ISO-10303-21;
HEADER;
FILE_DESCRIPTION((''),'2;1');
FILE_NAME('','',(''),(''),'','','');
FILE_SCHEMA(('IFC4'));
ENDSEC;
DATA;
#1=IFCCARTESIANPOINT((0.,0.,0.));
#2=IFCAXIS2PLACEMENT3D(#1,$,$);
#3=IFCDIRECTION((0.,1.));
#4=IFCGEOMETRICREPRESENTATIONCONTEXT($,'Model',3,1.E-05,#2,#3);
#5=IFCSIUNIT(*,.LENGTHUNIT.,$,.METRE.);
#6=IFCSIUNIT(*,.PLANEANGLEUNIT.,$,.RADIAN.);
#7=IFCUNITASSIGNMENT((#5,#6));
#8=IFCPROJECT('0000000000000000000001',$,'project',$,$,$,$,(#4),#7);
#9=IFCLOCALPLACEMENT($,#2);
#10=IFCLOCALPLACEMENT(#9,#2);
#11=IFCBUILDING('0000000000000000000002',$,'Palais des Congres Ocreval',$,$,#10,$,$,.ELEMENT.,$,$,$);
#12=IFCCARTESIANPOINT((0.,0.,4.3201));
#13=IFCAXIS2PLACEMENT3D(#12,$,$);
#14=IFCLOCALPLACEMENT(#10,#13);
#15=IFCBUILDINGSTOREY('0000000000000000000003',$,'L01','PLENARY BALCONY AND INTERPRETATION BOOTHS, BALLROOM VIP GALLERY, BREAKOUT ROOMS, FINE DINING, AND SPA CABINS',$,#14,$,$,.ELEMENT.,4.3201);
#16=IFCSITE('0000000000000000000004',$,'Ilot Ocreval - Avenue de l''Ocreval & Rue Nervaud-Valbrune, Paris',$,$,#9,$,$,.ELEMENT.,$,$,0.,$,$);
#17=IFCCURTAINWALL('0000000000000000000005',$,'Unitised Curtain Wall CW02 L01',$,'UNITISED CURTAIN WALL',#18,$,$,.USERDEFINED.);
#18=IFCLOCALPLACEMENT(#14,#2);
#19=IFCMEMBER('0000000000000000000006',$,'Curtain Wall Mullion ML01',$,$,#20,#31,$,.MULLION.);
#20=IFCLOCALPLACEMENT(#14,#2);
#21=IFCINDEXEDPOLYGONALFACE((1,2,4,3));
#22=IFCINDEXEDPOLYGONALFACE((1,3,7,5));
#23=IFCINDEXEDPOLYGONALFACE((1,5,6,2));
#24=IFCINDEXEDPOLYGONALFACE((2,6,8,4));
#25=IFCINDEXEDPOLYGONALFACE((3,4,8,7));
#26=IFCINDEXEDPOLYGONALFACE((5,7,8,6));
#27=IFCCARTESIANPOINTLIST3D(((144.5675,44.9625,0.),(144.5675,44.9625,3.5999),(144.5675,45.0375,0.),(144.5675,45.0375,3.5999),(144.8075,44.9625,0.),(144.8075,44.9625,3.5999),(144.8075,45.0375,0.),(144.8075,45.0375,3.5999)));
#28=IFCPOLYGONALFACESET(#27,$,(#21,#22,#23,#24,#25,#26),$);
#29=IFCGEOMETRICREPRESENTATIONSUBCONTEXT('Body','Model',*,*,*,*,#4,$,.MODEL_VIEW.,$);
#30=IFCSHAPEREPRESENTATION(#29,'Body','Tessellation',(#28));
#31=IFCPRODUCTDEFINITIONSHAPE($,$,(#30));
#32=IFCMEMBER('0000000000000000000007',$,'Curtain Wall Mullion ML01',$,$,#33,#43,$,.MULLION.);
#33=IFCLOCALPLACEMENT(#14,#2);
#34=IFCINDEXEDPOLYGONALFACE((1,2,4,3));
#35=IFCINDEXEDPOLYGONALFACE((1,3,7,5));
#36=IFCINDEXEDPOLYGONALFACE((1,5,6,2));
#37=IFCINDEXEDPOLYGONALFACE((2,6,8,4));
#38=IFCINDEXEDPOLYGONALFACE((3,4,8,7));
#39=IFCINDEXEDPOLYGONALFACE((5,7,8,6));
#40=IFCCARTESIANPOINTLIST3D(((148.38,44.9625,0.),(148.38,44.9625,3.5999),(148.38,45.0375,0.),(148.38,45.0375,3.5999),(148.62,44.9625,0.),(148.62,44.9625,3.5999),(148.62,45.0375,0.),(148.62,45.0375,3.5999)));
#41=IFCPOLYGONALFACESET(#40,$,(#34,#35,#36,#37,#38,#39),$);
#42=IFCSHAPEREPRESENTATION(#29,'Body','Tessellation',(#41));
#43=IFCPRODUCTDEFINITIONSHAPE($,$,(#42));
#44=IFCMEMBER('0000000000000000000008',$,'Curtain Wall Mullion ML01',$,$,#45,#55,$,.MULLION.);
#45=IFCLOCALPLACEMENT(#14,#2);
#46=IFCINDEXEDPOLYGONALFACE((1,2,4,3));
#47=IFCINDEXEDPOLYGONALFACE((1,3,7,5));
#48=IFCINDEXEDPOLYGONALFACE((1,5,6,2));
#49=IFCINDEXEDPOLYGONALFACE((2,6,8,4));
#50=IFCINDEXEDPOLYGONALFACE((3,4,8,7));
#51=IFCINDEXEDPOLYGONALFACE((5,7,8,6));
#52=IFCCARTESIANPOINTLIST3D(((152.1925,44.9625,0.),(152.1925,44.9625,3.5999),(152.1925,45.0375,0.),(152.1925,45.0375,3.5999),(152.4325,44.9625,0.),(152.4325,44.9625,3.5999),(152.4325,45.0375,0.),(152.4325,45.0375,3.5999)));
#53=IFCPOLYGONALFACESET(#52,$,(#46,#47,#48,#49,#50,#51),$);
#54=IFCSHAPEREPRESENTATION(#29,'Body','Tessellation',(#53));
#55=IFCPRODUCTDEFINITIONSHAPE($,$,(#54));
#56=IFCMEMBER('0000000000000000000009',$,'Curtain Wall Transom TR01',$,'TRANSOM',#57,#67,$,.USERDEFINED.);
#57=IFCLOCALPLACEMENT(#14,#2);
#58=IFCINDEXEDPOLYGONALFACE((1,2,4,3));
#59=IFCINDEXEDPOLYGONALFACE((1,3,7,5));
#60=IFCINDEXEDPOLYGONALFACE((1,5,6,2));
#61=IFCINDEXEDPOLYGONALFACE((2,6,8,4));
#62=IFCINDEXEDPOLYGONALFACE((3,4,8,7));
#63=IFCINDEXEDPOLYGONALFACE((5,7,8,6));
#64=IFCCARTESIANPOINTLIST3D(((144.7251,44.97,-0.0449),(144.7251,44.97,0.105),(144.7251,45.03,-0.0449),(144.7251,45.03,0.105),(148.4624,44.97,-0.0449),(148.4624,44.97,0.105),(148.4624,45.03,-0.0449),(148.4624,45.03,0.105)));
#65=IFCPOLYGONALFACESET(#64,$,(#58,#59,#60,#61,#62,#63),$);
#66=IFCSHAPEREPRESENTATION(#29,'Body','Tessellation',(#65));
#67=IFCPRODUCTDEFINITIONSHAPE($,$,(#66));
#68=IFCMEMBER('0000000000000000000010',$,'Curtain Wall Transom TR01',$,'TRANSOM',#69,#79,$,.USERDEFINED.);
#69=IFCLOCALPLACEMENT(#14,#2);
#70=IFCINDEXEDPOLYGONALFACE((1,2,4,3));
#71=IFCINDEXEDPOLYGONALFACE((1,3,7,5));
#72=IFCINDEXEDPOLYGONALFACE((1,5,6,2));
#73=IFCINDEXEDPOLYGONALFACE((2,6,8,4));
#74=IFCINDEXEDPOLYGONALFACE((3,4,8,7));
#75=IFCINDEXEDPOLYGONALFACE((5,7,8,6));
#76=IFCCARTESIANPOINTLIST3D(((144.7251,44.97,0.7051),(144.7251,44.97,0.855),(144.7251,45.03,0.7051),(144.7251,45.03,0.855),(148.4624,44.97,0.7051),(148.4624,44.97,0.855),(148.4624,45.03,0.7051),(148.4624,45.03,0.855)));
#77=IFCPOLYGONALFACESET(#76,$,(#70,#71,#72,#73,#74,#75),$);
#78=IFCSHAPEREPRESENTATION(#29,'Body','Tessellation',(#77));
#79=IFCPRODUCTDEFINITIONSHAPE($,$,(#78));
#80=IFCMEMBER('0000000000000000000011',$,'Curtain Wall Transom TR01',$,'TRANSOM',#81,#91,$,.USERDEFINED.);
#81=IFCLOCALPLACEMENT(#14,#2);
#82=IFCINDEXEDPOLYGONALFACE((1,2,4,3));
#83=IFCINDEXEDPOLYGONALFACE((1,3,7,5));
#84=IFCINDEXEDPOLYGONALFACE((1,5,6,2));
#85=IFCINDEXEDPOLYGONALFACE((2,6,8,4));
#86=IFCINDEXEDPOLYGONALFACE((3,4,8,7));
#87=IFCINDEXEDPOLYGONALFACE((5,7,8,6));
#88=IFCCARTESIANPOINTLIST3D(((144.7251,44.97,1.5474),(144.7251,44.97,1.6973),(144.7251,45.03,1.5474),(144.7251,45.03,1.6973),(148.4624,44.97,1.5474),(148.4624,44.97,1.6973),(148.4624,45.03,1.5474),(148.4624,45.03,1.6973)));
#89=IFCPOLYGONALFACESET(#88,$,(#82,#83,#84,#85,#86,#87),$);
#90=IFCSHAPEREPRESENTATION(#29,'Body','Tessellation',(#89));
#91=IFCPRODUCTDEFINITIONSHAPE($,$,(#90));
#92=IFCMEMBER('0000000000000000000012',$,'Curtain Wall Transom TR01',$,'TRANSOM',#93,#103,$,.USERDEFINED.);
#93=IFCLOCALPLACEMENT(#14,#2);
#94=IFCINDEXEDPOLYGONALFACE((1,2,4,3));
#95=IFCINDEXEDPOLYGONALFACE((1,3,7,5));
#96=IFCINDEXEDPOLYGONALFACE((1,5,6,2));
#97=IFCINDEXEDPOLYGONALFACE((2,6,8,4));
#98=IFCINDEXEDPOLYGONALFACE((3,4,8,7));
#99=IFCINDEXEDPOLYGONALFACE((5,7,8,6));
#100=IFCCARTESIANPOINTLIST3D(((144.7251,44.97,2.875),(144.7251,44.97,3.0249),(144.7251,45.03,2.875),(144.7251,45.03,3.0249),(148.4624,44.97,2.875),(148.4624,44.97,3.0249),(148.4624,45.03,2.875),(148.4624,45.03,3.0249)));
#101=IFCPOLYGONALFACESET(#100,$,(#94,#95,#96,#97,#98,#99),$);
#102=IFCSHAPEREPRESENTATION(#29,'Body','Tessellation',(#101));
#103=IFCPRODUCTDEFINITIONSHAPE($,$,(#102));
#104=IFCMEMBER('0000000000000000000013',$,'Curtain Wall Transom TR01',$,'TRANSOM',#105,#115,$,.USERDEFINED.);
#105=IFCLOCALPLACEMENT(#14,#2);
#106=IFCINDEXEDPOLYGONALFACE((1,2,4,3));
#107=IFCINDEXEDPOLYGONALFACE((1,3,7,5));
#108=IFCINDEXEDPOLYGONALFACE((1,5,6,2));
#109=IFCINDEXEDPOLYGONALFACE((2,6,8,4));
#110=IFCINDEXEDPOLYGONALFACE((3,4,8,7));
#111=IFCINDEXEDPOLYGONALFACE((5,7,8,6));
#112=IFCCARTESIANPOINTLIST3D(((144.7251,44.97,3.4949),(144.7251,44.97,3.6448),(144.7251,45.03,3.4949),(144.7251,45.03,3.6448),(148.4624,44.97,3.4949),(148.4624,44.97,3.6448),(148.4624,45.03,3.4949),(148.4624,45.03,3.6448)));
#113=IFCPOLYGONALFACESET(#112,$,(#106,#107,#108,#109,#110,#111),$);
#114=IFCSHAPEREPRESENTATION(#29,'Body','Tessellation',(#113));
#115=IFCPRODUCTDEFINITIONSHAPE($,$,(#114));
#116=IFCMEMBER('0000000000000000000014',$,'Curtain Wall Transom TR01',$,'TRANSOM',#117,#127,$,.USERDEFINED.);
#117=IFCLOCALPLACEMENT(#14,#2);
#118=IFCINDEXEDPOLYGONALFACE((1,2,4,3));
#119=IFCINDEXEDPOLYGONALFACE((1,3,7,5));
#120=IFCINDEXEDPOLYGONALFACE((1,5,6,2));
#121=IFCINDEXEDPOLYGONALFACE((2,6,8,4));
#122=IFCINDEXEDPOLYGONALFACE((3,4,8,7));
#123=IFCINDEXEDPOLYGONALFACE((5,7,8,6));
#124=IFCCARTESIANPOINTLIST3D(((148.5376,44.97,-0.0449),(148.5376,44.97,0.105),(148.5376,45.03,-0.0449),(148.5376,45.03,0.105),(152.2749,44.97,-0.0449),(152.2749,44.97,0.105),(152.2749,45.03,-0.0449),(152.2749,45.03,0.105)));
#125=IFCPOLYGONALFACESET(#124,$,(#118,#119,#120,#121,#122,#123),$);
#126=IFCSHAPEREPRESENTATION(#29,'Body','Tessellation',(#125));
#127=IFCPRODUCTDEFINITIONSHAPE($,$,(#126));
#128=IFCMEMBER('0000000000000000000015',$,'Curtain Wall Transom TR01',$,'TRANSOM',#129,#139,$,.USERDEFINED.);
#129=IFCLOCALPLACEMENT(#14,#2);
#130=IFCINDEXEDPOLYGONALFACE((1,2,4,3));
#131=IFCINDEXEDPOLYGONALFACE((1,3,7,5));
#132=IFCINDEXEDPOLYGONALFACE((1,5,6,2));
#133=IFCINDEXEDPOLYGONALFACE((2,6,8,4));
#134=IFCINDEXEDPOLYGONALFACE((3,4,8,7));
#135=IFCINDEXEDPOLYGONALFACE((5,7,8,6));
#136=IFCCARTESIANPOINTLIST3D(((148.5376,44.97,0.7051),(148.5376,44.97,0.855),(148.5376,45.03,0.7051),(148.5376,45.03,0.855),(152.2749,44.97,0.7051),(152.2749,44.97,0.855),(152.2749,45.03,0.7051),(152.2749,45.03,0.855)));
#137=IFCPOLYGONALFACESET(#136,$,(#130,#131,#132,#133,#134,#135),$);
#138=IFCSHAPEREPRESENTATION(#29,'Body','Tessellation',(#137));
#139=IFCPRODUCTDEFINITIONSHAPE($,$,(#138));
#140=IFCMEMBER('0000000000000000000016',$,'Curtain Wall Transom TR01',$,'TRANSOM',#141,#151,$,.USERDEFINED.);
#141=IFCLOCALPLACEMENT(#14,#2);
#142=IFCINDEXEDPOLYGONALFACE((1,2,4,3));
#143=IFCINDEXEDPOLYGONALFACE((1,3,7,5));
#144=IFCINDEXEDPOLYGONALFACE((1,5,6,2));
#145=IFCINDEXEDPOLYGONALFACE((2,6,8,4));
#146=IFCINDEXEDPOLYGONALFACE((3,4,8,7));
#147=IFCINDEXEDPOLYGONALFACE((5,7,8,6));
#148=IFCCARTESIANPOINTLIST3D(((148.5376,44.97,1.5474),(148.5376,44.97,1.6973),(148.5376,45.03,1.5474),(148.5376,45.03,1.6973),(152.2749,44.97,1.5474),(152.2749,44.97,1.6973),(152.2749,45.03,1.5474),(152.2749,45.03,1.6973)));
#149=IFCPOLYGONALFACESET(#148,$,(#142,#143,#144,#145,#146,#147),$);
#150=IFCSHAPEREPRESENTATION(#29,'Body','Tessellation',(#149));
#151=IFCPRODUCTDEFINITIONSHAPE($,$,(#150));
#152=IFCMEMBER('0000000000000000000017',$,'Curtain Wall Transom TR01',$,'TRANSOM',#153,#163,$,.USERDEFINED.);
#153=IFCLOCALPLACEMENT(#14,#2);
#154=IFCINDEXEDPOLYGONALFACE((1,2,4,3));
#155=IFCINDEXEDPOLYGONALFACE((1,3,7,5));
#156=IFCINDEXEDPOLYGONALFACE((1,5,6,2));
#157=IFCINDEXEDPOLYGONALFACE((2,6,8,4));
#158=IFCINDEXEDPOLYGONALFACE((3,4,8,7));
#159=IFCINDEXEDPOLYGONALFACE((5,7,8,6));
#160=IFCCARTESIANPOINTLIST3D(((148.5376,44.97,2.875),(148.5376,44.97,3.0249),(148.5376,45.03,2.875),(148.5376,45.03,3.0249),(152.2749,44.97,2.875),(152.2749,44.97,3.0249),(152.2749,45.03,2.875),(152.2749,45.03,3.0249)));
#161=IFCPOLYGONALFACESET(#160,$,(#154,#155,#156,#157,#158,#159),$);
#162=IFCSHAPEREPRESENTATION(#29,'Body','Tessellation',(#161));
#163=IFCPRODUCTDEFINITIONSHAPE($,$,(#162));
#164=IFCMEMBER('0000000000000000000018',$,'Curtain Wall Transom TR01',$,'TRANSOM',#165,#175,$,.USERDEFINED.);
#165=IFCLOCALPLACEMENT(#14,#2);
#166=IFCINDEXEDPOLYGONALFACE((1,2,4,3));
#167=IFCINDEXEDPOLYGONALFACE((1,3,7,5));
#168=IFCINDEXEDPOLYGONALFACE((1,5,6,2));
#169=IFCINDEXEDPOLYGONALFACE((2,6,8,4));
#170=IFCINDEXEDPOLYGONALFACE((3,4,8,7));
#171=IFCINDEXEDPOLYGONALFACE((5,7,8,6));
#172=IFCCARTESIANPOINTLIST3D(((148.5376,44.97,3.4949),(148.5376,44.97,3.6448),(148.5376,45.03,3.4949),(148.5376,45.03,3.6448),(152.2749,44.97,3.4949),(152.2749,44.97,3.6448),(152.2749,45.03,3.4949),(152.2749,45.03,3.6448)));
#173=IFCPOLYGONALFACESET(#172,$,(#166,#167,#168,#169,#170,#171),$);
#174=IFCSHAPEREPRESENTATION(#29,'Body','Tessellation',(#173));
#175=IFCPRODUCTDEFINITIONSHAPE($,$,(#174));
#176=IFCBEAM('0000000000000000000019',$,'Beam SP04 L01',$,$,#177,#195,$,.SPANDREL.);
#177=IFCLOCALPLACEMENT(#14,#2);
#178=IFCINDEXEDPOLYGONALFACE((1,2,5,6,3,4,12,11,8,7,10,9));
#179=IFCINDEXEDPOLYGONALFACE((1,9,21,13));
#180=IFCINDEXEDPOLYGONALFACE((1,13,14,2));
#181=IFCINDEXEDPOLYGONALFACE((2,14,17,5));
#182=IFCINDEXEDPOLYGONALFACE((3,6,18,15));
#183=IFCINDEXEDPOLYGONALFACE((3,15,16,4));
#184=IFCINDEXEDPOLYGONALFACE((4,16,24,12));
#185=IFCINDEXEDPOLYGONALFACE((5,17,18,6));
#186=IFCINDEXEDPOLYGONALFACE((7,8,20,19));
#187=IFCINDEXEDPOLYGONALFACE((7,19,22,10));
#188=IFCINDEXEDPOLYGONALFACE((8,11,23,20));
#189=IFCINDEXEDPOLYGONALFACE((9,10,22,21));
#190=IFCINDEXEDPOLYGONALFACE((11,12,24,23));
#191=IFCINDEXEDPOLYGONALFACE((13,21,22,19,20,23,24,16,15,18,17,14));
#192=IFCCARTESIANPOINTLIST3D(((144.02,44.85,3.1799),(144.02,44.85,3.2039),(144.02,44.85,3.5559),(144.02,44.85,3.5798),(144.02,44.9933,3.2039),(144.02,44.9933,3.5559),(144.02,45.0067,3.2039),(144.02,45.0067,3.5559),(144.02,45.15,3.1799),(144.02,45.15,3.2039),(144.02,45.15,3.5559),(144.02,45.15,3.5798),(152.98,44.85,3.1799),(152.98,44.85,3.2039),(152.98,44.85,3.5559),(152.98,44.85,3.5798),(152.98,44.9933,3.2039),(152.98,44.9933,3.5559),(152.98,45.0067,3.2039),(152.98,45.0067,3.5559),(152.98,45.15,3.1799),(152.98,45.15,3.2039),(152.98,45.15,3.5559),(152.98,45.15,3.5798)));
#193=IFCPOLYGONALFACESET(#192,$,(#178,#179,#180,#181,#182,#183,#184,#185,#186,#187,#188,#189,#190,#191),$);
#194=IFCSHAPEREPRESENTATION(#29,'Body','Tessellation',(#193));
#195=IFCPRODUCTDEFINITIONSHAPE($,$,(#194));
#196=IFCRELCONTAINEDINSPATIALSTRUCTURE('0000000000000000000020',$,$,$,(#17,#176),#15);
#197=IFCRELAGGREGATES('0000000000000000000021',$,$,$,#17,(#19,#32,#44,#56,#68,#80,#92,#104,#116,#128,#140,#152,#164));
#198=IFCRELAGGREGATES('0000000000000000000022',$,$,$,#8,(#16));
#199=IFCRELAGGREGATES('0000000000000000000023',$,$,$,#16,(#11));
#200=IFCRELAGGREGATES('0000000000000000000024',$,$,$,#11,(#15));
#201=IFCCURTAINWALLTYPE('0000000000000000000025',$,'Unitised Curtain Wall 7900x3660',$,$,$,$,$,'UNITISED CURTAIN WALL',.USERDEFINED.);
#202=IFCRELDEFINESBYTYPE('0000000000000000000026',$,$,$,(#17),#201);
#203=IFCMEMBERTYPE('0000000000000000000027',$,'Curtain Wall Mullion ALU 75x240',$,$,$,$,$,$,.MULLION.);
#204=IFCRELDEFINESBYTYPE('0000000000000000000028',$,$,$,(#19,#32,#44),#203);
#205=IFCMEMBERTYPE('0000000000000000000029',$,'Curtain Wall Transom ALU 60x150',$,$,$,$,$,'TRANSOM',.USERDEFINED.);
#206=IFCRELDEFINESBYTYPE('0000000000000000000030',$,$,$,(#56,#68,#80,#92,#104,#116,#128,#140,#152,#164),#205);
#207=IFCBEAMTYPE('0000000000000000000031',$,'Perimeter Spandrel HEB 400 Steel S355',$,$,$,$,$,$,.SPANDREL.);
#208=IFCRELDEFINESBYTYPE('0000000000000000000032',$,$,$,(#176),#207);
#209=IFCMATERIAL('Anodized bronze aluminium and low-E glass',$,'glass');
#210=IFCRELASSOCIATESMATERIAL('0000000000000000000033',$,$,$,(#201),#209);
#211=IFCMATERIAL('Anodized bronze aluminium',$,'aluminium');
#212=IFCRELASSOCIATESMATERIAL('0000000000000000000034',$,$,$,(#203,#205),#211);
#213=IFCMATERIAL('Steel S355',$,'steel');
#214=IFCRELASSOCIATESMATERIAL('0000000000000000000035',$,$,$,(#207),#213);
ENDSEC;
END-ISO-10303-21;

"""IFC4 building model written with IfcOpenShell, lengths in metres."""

from ifc_helpers import new_model, si_unit, direction, frame, origin, origin_2d, place, context, subcontext, project, spatial, rectangle, i_section, extrude, material, material_profile, profile_set, type_object, element, aggregate, save


model = new_model("IFC4")

# Units and contexts
model_context = context("Model", 3, precision=1e-05, world=origin(), true_north=direction((0.0, 1.0)))
body_context = subcontext(model_context, "Body", "Model", "MODEL_VIEW")
ifc_project = project(units=[si_unit("LENGTHUNIT", "METRE"), si_unit("PLANEANGLEUNIT", "RADIAN")], contexts=[model_context])

# Site, building, storey
site_placement = place(None, origin())
site = spatial("IfcSite", under=ifc_project, at=site_placement, Name="Ilot Ocreval - Avenue de l'Ocreval & Rue Nervaud-Valbrune, Paris", CompositionType="ELEMENT", RefElevation=0.0)
building_placement = place(site_placement, origin())
building = spatial("IfcBuilding", under=site, at=building_placement, Name="Palais des Congres Ocreval", CompositionType="ELEMENT")
storey_placement = place(building_placement, frame((0.0, 0.0, 4.3201)))
storey = spatial("IfcBuildingStorey", under=building, at=storey_placement, Name="L01", Description="PLENARY BALCONY AND INTERPRETATION BOOTHS, BALLROOM VIP GALLERY, BREAKOUT ROOMS, FINE DINING, AND SPA CABINS", CompositionType="ELEMENT", Elevation=4.3201)

# Curtain wall, members
ifc_material_1 = material(Name="Anodized bronze aluminium and low-E glass", Category="glass")
curtain_wall_type = type_object("IfcCurtainWallType", Name="Unitised Curtain Wall 7900x3660", ElementType="UNITISED CURTAIN WALL", PredefinedType="USERDEFINED", material=ifc_material_1)
curtain_wall_placement = place(storey_placement, origin())
curtain_wall = element("IfcCurtainWall", 1, at=curtain_wall_placement, inside=storey, type_object=curtain_wall_type, Name="Unitised Curtain Wall CW02 L01", ObjectType="UNITISED CURTAIN WALL", PredefinedType="USERDEFINED")
ifc_material_2 = material(Name="Anodized bronze aluminium", Category="aluminium")
ifc_material_profile_1 = material_profile(ifc_material_2, rectangle(XDim=0.075, YDim=0.24, at=origin_2d()), Name="ALU 75x240")
ifc_profile_set_1 = profile_set([ifc_material_profile_1], Name="Anodized bronze aluminium")
member_type_1 = type_object("IfcMemberType", Name="Curtain Wall Mullion ALU 75x240", PredefinedType="MULLION", material=ifc_profile_set_1)
member_1_placement = place(storey_placement, frame((144.6875, 45.0, 0.0), z_axis=(0.0, 0.0, 1.0), x_axis=(0.0, 1.0, 0.0)))
member_1 = element("IfcMember", 2, at=member_1_placement, type_object=member_type_1, Name="Curtain Wall Mullion ML01", PredefinedType="MULLION", context=body_context, shape_type="SweptSolid", body=[
    extrude(rectangle(XDim=0.075, YDim=0.24, at=origin_2d()), origin(), (0.0, 0.0, 1.0), 3.5999),
])
member_2_placement = place(storey_placement, frame((148.5, 45.0, 0.0), z_axis=(0.0, 0.0, 1.0), x_axis=(0.0, 1.0, 0.0)))
member_2 = element("IfcMember", 3, at=member_2_placement, type_object=member_type_1, Name="Curtain Wall Mullion ML01", PredefinedType="MULLION", context=body_context, shape_type="SweptSolid", body=[
    extrude(rectangle(XDim=0.075, YDim=0.24, at=origin_2d()), origin(), (0.0, 0.0, 1.0), 3.5999),
])
member_3_placement = place(storey_placement, frame((152.3125, 45.0, 0.0), z_axis=(0.0, 0.0, 1.0), x_axis=(0.0, 1.0, 0.0)))
member_3 = element("IfcMember", 4, at=member_3_placement, type_object=member_type_1, Name="Curtain Wall Mullion ML01", PredefinedType="MULLION", context=body_context, shape_type="SweptSolid", body=[
    extrude(rectangle(XDim=0.075, YDim=0.24, at=origin_2d()), origin(), (0.0, 0.0, 1.0), 3.5999),
])
ifc_material_profile_2 = material_profile(ifc_material_2, rectangle(XDim=0.0601, YDim=0.1499, at=origin_2d()), Name="ALU 60x150")
ifc_profile_set_2 = profile_set([ifc_material_profile_2], Name="Anodized bronze aluminium")
member_type_2 = type_object("IfcMemberType", Name="Curtain Wall Transom ALU 60x150", ElementType="TRANSOM", PredefinedType="USERDEFINED", material=ifc_profile_set_2)
member_4_placement = place(storey_placement, frame((144.7251, 45.0, 0.03), z_axis=(1.0, 0.0, 0.0), x_axis=(0.0, 1.0, 0.0)))
member_4 = element("IfcMember", 5, at=member_4_placement, type_object=member_type_2, Name="Curtain Wall Transom TR01", ObjectType="TRANSOM", PredefinedType="USERDEFINED", context=body_context, shape_type="SweptSolid", body=[
    extrude(rectangle(XDim=0.0601, YDim=0.1499, at=origin_2d()), origin(), (0.0, 0.0, 1.0), 3.7373),
])
member_5_placement = place(storey_placement, frame((144.7251, 45.0, 0.78), z_axis=(1.0, 0.0, 0.0), x_axis=(0.0, 1.0, 0.0)))
member_5 = element("IfcMember", 6, at=member_5_placement, type_object=member_type_2, Name="Curtain Wall Transom TR01", ObjectType="TRANSOM", PredefinedType="USERDEFINED", context=body_context, shape_type="SweptSolid", body=[
    extrude(rectangle(XDim=0.0601, YDim=0.1499, at=origin_2d()), origin(), (0.0, 0.0, 1.0), 3.7373),
])
member_6_placement = place(storey_placement, frame((144.7251, 45.0, 1.6223), z_axis=(1.0, 0.0, 0.0), x_axis=(0.0, 1.0, 0.0)))
member_6 = element("IfcMember", 7, at=member_6_placement, type_object=member_type_2, Name="Curtain Wall Transom TR01", ObjectType="TRANSOM", PredefinedType="USERDEFINED", context=body_context, shape_type="SweptSolid", body=[
    extrude(rectangle(XDim=0.0601, YDim=0.1499, at=origin_2d()), origin(), (0.0, 0.0, 1.0), 3.7373),
])
member_7_placement = place(storey_placement, frame((144.7251, 45.0, 2.95), z_axis=(1.0, 0.0, 0.0), x_axis=(0.0, 1.0, 0.0)))
member_7 = element("IfcMember", 8, at=member_7_placement, type_object=member_type_2, Name="Curtain Wall Transom TR01", ObjectType="TRANSOM", PredefinedType="USERDEFINED", context=body_context, shape_type="SweptSolid", body=[
    extrude(rectangle(XDim=0.0601, YDim=0.1499, at=origin_2d()), origin(), (0.0, 0.0, 1.0), 3.7373),
])
member_8_placement = place(storey_placement, frame((144.7251, 45.0, 3.5698), z_axis=(1.0, 0.0, 0.0), x_axis=(0.0, 1.0, 0.0)))
member_8 = element("IfcMember", 9, at=member_8_placement, type_object=member_type_2, Name="Curtain Wall Transom TR01", ObjectType="TRANSOM", PredefinedType="USERDEFINED", context=body_context, shape_type="SweptSolid", body=[
    extrude(rectangle(XDim=0.0601, YDim=0.1499, at=origin_2d()), origin(), (0.0, 0.0, 1.0), 3.7373),
])
member_9_placement = place(storey_placement, frame((148.5376, 45.0, 0.03), z_axis=(1.0, 0.0, 0.0), x_axis=(0.0, 1.0, 0.0)))
member_9 = element("IfcMember", 10, at=member_9_placement, type_object=member_type_2, Name="Curtain Wall Transom TR01", ObjectType="TRANSOM", PredefinedType="USERDEFINED", context=body_context, shape_type="SweptSolid", body=[
    extrude(rectangle(XDim=0.0601, YDim=0.1499, at=origin_2d()), origin(), (0.0, 0.0, 1.0), 3.7373),
])
member_10_placement = place(storey_placement, frame((148.5376, 45.0, 0.78), z_axis=(1.0, 0.0, 0.0), x_axis=(0.0, 1.0, 0.0)))
member_10 = element("IfcMember", 11, at=member_10_placement, type_object=member_type_2, Name="Curtain Wall Transom TR01", ObjectType="TRANSOM", PredefinedType="USERDEFINED", context=body_context, shape_type="SweptSolid", body=[
    extrude(rectangle(XDim=0.0601, YDim=0.1499, at=origin_2d()), origin(), (0.0, 0.0, 1.0), 3.7373),
])
member_11_placement = place(storey_placement, frame((148.5376, 45.0, 1.6223), z_axis=(1.0, 0.0, 0.0), x_axis=(0.0, 1.0, 0.0)))
member_11 = element("IfcMember", 12, at=member_11_placement, type_object=member_type_2, Name="Curtain Wall Transom TR01", ObjectType="TRANSOM", PredefinedType="USERDEFINED", context=body_context, shape_type="SweptSolid", body=[
    extrude(rectangle(XDim=0.0601, YDim=0.1499, at=origin_2d()), origin(), (0.0, 0.0, 1.0), 3.7373),
])
member_12_placement = place(storey_placement, frame((148.5376, 45.0, 2.95), z_axis=(1.0, 0.0, 0.0), x_axis=(0.0, 1.0, 0.0)))
member_12 = element("IfcMember", 13, at=member_12_placement, type_object=member_type_2, Name="Curtain Wall Transom TR01", ObjectType="TRANSOM", PredefinedType="USERDEFINED", context=body_context, shape_type="SweptSolid", body=[
    extrude(rectangle(XDim=0.0601, YDim=0.1499, at=origin_2d()), origin(), (0.0, 0.0, 1.0), 3.7373),
])
member_13_placement = place(storey_placement, frame((148.5376, 45.0, 3.5698), z_axis=(1.0, 0.0, 0.0), x_axis=(0.0, 1.0, 0.0)))
member_13 = element("IfcMember", 14, at=member_13_placement, type_object=member_type_2, Name="Curtain Wall Transom TR01", ObjectType="TRANSOM", PredefinedType="USERDEFINED", context=body_context, shape_type="SweptSolid", body=[
    extrude(rectangle(XDim=0.0601, YDim=0.1499, at=origin_2d()), origin(), (0.0, 0.0, 1.0), 3.7373),
])

# Beam
ifc_material_3 = material(Name="Steel S355", Category="steel")
ifc_material_profile_3 = material_profile(ifc_material_3, i_section(OverallWidth=0.3, OverallDepth=0.3999, WebThickness=0.0134, FlangeThickness=0.0239, at=origin_2d()), Name="HEB 400")
ifc_profile_set_3 = profile_set([ifc_material_profile_3], Name="Steel S355")
beam_type = type_object("IfcBeamType", Name="Perimeter Spandrel HEB 400 Steel S355", PredefinedType="SPANDREL", material=ifc_profile_set_3)
beam_placement = place(storey_placement, frame((144.02, 45.0, 3.3799), z_axis=(1.0, 0.0, 0.0), x_axis=(0.0, 1.0, 0.0)))
element("IfcBeam", 15, at=beam_placement, inside=storey, type_object=beam_type, Name="Beam SP04 L01", PredefinedType="SPANDREL", context=body_context, shape_type="SweptSolid", body=[
    extrude(i_section(OverallWidth=0.3, OverallDepth=0.3999, WebThickness=0.0134, FlangeThickness=0.0239, at=origin_2d()), origin(), (0.0, 0.0, 1.0), 8.96),
])

aggregate(curtain_wall, [member_1, member_2, member_3, member_4, member_5, member_6, member_7, member_8, member_9, member_10, member_11, member_12, member_13])

save(model, "model.ifc")
